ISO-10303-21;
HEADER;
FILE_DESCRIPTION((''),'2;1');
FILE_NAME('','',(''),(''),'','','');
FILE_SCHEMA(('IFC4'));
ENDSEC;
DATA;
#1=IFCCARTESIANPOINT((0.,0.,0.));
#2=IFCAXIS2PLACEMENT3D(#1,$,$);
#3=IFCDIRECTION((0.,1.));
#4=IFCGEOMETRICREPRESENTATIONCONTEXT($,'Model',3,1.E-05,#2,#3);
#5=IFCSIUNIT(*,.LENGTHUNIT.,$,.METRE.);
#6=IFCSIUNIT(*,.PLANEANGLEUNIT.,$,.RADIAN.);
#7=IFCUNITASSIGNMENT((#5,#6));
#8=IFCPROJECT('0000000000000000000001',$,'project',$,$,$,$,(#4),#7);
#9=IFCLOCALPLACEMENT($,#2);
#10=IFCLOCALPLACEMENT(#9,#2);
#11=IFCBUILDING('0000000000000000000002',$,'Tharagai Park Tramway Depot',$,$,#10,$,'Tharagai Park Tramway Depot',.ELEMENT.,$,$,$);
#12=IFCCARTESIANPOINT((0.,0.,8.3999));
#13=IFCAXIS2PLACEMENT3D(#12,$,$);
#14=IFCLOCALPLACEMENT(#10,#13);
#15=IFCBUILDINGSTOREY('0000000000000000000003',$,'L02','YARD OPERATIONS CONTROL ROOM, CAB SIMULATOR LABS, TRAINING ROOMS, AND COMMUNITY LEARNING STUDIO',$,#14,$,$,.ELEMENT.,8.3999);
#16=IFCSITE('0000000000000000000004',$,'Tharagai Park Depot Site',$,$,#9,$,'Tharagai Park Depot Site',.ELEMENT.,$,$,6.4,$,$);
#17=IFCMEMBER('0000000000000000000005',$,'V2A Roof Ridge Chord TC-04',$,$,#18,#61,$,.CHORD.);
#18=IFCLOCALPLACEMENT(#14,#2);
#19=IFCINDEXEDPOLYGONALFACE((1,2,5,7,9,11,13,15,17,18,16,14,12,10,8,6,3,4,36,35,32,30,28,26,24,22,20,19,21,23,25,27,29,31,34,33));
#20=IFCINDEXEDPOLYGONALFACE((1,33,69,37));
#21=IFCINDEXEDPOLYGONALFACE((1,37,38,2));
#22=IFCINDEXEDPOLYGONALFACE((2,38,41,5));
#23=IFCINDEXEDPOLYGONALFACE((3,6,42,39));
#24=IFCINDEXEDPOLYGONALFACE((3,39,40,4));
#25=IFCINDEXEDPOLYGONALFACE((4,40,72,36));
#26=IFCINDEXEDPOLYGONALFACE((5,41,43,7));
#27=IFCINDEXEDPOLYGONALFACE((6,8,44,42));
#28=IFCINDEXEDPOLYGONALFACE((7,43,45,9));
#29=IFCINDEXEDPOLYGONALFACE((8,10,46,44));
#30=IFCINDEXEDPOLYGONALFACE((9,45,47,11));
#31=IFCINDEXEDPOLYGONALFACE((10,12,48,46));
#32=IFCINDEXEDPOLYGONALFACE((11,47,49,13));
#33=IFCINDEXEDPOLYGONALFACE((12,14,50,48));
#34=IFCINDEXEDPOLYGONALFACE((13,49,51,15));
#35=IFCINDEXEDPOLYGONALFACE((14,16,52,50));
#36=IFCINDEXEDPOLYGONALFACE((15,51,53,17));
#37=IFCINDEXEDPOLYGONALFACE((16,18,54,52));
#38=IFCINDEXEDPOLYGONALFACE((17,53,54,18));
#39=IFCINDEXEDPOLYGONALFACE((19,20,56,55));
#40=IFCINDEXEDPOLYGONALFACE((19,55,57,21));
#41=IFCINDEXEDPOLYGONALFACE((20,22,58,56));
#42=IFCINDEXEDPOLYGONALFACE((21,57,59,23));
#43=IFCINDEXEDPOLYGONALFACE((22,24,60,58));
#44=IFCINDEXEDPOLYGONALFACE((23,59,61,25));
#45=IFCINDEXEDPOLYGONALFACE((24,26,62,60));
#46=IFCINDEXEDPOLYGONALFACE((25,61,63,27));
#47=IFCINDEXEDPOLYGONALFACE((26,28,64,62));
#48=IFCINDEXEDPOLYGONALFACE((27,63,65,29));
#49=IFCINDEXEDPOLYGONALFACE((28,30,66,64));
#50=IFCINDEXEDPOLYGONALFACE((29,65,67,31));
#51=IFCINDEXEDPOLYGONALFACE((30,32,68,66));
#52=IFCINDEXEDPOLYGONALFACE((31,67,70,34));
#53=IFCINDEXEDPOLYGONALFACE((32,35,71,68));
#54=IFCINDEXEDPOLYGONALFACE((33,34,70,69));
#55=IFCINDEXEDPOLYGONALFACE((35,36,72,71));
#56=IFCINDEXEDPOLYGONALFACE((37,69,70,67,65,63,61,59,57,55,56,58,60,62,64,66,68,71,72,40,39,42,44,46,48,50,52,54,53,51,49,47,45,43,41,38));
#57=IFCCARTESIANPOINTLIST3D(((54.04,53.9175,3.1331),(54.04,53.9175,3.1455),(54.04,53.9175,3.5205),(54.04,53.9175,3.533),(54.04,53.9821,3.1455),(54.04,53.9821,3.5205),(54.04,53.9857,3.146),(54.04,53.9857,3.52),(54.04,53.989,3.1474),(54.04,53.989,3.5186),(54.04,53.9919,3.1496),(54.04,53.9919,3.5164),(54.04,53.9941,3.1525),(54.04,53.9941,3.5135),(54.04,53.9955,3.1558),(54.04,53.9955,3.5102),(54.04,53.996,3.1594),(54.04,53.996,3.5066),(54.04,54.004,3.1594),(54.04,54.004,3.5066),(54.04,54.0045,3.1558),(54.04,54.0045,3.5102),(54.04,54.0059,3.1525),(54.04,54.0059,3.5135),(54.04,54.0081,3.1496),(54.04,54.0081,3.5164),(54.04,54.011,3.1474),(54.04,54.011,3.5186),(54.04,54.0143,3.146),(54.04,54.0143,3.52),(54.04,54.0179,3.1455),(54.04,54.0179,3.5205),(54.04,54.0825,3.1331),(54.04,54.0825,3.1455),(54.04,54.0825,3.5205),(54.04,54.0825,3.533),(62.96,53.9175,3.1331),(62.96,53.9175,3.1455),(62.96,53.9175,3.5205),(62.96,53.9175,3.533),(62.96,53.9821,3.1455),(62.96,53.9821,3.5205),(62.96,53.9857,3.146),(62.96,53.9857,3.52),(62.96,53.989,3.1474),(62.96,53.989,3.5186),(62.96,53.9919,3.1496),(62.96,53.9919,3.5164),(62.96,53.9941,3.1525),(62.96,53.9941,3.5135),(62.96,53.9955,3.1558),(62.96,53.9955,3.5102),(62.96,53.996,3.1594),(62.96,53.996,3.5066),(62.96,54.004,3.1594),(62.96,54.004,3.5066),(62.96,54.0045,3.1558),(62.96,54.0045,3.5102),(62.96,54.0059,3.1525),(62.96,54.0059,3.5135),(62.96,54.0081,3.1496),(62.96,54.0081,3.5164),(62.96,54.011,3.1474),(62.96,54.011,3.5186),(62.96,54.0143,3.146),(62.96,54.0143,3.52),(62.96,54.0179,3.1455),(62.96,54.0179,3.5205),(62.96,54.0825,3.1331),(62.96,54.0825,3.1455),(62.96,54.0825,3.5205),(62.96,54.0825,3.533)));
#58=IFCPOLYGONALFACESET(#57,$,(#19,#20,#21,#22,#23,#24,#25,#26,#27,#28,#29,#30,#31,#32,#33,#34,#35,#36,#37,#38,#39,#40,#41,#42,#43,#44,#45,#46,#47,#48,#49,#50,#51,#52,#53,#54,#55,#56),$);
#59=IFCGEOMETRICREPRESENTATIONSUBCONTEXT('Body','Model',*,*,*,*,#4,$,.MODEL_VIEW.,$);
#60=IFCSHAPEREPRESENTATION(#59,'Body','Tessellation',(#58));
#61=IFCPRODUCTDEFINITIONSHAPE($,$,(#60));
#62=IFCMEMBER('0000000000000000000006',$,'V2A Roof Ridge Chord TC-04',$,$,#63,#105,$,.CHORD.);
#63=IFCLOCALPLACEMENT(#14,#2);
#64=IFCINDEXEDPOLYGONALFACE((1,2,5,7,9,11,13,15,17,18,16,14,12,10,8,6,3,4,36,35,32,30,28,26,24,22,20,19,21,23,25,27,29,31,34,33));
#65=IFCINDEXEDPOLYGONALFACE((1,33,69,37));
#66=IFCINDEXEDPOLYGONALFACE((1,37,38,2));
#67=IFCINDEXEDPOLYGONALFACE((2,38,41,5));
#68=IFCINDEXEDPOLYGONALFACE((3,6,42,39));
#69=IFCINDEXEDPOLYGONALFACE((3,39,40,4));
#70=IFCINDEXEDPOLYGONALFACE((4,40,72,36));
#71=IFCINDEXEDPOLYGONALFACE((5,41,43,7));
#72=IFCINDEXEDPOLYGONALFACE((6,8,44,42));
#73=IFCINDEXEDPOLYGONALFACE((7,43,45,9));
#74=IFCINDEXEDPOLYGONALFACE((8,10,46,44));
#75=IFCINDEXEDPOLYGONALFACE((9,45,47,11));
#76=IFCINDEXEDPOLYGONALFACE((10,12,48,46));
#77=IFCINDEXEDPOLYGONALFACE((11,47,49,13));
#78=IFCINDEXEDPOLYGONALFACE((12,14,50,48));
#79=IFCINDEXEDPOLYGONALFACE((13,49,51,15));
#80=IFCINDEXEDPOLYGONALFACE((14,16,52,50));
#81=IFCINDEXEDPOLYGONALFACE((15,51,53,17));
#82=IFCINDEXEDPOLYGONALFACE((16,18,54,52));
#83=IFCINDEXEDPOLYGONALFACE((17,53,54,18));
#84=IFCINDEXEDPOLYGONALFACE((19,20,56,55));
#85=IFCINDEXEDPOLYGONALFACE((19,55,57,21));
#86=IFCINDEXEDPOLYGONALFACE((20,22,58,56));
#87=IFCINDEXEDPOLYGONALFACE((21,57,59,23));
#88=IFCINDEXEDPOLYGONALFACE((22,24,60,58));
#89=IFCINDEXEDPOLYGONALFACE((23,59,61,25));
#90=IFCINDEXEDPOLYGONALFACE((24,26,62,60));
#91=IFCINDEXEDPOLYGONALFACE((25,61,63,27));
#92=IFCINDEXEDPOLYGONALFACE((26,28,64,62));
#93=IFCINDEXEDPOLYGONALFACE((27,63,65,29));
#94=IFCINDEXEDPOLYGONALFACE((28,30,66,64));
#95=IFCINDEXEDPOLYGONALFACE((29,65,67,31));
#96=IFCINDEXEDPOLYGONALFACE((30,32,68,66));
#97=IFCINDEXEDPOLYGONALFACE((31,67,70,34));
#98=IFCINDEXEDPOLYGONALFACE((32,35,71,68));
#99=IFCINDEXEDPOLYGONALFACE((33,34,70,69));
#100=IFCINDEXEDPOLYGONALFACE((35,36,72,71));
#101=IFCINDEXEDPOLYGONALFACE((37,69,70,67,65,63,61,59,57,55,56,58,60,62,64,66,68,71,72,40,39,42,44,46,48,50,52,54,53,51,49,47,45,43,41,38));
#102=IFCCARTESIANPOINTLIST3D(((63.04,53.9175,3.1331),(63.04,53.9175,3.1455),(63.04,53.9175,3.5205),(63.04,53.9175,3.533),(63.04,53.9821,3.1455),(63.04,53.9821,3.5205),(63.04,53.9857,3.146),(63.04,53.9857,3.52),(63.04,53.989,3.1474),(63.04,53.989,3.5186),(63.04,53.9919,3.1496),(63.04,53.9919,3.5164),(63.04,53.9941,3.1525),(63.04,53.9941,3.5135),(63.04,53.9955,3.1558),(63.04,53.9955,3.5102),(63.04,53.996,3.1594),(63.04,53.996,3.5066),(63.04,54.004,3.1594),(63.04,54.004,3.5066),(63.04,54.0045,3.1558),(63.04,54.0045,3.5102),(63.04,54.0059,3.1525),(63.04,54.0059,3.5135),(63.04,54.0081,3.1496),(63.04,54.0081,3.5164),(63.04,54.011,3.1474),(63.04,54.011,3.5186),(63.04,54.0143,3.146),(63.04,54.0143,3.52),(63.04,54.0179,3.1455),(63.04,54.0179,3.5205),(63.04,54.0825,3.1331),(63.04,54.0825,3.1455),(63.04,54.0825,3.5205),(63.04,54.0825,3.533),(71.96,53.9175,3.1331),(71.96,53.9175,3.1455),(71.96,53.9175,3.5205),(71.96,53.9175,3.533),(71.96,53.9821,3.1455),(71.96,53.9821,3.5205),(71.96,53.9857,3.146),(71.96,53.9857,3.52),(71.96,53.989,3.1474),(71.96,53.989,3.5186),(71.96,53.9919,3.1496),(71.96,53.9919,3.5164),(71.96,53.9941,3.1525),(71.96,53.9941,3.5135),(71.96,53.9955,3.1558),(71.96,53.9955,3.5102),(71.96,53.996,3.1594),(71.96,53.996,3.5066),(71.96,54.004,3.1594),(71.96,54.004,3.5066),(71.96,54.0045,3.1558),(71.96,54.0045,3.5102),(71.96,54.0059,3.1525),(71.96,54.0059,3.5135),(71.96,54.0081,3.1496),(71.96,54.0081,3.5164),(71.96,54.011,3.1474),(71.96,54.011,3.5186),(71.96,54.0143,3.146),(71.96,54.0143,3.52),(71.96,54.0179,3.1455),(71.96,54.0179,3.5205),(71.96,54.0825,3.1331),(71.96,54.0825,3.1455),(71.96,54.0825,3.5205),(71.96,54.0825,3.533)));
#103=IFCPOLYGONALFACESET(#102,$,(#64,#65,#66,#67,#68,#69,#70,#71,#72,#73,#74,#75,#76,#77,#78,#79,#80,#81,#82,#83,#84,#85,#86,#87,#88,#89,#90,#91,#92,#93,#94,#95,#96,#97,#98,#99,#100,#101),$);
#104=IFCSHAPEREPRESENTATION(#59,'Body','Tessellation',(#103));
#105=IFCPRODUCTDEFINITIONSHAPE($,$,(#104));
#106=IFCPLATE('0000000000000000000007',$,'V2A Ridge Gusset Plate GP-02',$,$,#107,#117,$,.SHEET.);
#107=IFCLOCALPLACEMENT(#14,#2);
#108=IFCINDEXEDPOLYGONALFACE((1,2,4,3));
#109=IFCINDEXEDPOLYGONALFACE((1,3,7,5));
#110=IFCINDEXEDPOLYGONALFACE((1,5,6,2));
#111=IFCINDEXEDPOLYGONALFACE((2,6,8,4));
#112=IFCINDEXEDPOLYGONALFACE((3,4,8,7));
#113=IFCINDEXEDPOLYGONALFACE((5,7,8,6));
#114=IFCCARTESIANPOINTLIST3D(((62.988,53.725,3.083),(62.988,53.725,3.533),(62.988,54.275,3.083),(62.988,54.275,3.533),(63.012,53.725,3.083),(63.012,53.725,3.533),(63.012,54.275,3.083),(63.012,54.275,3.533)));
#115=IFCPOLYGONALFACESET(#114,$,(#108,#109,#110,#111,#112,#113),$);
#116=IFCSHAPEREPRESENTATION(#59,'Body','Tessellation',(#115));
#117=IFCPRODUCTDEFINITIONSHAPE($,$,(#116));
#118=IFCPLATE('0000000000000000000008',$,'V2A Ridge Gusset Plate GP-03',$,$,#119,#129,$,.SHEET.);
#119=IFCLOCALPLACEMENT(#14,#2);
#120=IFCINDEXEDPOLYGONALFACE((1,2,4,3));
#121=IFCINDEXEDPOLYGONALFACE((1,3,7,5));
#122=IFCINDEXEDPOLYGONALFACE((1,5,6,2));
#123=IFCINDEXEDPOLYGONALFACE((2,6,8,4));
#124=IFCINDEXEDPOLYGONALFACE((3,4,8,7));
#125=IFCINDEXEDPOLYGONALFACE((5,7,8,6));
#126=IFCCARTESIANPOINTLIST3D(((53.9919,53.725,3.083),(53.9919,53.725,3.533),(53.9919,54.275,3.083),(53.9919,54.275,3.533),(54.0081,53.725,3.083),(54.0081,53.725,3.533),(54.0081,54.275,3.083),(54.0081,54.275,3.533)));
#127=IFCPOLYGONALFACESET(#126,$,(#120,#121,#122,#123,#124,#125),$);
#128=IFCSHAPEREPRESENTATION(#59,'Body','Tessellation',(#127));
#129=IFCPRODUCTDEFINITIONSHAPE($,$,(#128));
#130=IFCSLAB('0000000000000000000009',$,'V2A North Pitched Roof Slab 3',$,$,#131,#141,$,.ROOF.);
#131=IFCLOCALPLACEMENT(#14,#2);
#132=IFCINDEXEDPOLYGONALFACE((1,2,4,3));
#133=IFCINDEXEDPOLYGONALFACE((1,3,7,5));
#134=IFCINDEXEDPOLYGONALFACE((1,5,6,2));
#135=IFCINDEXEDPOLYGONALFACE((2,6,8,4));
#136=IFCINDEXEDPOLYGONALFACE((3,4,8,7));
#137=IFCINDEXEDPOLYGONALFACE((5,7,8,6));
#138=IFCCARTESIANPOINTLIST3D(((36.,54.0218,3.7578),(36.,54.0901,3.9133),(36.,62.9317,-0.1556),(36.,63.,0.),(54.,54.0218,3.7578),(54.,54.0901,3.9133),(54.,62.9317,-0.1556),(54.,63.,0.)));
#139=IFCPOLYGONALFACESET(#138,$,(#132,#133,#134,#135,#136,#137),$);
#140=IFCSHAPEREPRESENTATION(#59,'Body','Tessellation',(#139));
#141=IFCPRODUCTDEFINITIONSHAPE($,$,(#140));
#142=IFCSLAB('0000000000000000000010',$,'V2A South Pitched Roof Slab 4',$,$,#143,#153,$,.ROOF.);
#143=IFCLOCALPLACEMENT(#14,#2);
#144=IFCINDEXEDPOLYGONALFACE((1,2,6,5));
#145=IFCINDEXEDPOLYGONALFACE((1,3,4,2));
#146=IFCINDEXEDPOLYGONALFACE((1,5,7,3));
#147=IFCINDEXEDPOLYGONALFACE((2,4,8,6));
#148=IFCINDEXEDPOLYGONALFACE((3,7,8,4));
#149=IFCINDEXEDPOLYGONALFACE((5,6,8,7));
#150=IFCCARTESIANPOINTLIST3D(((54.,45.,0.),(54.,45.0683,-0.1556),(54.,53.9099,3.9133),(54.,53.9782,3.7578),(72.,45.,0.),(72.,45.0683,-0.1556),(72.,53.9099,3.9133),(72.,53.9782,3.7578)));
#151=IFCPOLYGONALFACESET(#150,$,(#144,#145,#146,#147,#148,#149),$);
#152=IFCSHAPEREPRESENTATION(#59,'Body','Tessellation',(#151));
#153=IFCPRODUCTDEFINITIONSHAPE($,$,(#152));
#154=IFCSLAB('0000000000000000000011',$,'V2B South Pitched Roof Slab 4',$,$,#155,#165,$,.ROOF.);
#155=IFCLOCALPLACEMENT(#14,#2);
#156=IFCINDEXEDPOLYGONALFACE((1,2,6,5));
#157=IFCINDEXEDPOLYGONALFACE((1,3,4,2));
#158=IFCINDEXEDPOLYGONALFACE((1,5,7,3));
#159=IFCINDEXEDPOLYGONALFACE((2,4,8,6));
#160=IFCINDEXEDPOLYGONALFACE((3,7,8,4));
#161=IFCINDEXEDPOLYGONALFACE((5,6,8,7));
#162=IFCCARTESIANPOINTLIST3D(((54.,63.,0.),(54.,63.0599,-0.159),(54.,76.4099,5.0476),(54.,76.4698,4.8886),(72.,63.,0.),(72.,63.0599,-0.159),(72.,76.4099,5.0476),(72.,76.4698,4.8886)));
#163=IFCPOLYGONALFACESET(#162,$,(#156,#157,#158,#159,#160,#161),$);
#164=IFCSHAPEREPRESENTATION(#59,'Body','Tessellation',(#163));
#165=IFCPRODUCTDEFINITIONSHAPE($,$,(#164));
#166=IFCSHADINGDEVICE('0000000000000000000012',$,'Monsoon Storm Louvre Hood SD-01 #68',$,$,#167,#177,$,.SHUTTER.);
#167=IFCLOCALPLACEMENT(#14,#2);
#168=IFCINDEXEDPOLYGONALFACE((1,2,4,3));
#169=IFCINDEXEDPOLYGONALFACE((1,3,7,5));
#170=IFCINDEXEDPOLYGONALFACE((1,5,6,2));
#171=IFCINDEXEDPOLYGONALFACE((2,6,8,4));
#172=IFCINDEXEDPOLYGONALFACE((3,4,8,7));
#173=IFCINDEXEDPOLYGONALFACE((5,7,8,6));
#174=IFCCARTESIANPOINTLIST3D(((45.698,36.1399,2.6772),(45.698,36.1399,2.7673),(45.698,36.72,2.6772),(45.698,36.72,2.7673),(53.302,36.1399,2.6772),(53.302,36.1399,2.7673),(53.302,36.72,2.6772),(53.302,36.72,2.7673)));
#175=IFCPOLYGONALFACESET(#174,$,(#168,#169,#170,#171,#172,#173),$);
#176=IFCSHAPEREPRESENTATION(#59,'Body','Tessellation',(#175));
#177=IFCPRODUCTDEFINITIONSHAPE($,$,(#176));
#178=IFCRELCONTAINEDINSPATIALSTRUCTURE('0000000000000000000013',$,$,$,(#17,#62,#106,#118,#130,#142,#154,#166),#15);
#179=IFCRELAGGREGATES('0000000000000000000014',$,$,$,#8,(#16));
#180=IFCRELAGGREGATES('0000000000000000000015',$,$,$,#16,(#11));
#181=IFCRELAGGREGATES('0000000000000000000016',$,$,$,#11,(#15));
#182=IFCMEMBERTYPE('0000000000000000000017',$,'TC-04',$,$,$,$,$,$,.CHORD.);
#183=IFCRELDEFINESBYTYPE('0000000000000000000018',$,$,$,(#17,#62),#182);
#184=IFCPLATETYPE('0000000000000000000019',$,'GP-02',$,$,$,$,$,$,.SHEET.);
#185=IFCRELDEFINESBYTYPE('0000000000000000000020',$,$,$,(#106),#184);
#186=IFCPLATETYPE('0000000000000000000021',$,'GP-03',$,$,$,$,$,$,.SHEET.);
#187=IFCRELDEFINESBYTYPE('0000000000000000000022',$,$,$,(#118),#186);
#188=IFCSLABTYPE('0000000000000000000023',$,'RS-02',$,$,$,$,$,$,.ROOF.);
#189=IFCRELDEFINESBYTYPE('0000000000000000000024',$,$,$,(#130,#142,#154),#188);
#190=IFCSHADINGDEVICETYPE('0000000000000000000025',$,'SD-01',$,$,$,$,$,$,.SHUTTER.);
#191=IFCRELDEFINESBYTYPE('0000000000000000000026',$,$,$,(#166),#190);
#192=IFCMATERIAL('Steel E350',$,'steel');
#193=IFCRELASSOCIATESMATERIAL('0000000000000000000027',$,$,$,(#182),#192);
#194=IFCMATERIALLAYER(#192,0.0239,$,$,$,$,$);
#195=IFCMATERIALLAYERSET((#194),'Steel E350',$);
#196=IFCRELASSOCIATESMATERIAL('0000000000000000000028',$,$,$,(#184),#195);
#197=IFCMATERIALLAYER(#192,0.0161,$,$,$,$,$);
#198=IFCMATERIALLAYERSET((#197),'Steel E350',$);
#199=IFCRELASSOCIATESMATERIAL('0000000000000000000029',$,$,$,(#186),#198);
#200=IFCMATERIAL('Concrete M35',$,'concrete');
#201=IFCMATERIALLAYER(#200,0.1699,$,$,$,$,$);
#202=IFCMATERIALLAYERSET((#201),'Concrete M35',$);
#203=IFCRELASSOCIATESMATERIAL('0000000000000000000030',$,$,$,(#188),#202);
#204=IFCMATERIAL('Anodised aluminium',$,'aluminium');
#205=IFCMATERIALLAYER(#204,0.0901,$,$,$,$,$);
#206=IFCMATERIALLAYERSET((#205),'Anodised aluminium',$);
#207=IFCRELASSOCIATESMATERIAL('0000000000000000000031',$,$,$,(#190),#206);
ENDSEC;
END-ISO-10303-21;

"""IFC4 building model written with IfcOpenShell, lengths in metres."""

from ifc_helpers import new_model, si_unit, direction, frame, origin, origin_2d, place, context, subcontext, project, spatial, polyline, rectangle, i_section, outline, extrude, material, layer, layer_set, material_profile, profile_set, type_object, element, save


model = new_model("IFC4")

# Units and contexts
model_context = context("Model", 3, precision=1e-05, world=origin(), true_north=direction((0.0, 1.0)))
body_context = subcontext(model_context, "Body", "Model", "MODEL_VIEW")
ifc_project = project(units=[si_unit("LENGTHUNIT", "METRE"), si_unit("PLANEANGLEUNIT", "RADIAN")], contexts=[model_context])

# Site, building, storey
site_placement = place(None, origin())
site = spatial("IfcSite", under=ifc_project, at=site_placement, Name="Tharagai Park Depot Site", LongName="Tharagai Park Depot Site", CompositionType="ELEMENT", RefElevation=6.4)
building_placement = place(site_placement, origin())
building = spatial("IfcBuilding", under=site, at=building_placement, Name="Tharagai Park Tramway Depot", LongName="Tharagai Park Tramway Depot", CompositionType="ELEMENT")
storey_placement = place(building_placement, frame((0.0, 0.0, 8.3999)))
storey = spatial("IfcBuildingStorey", under=building, at=storey_placement, Name="L02", Description="YARD OPERATIONS CONTROL ROOM, CAB SIMULATOR LABS, TRAINING ROOMS, AND COMMUNITY LEARNING STUDIO", CompositionType="ELEMENT", Elevation=8.3999)

# Shared definitions
ifc_material_1 = material(Name="Steel E350", Category="steel")
ifc_material_2 = material(Name="Concrete M35", Category="concrete")

# Members
ifc_material_profile_1 = material_profile(ifc_material_1, i_section(OverallWidth=0.165, OverallDepth=0.3999, WebThickness=0.0081, FlangeThickness=0.0125, FilletRadius=0.0139, at=origin_2d()), Name="ISLB 400")
ifc_profile_set_1 = profile_set([ifc_material_profile_1], Name="Steel E350")
member_type_1 = type_object("IfcMemberType", Name="TC-04", PredefinedType="CHORD", material=ifc_profile_set_1)
for number, where, z_axis, x_axis, name in (
    (1, (54.04, 54.0, 3.333), (1.0, 0.0, 0.0), (0.0, 1.0, 0.0), "V2A Roof Ridge Chord TC-04"),
    (2, (63.04, 54.0, 3.333), (1.0, 0.0, 0.0), (0.0, 1.0, 0.0), "V2A Roof Ridge Chord TC-04"),
):
    element("IfcMember", number, at=place(storey_placement, frame(where, z_axis=z_axis, x_axis=x_axis)), inside=storey, type_object=member_type_1, Name=name, PredefinedType="CHORD", context=body_context, shape_type="SweptSolid", body=[
        extrude(i_section(OverallWidth=0.165, OverallDepth=0.3999, WebThickness=0.0081, FlangeThickness=0.0125, FilletRadius=0.0139, at=origin_2d()), origin(), (0.0, 0.0, 1.0), 8.9199),
    ])

# Plates
ifc_layer_1 = layer(ifc_material_1, 0.0239)
ifc_layer_set_1 = layer_set([ifc_layer_1], Name="Steel E350")
plate_type_1 = type_object("IfcPlateType", Name="GP-02", PredefinedType="SHEET", material=ifc_layer_set_1)
plate_1_placement = place(storey_placement, frame((63.0, 54.0, 3.083), z_axis=(0.0, 0.0, 1.0), x_axis=(1.0, 0.0, 0.0)))
element("IfcPlate", 3, at=plate_1_placement, inside=storey, type_object=plate_type_1, Name="V2A Ridge Gusset Plate GP-02", PredefinedType="SHEET", context=body_context, shape_type="SweptSolid", body=[
    extrude(rectangle(XDim=0.0239, YDim=0.55, at=origin_2d()), origin(), (0.0, 0.0, 1.0), 0.45),
])
ifc_layer_2 = layer(ifc_material_1, 0.0161)
ifc_layer_set_2 = layer_set([ifc_layer_2], Name="Steel E350")
plate_type_2 = type_object("IfcPlateType", Name="GP-03", PredefinedType="SHEET", material=ifc_layer_set_2)
plate_2_placement = place(storey_placement, frame((54.0, 54.0, 3.083), z_axis=(0.0, 0.0, 1.0), x_axis=(1.0, 0.0, 0.0)))
element("IfcPlate", 4, at=plate_2_placement, inside=storey, type_object=plate_type_2, Name="V2A Ridge Gusset Plate GP-03", PredefinedType="SHEET", context=body_context, shape_type="SweptSolid", body=[
    extrude(rectangle(XDim=0.0161, YDim=0.55, at=origin_2d()), origin(), (0.0, 0.0, 1.0), 0.45),
])

# Slabs
ifc_layer_3 = layer(ifc_material_2, 0.1699)
ifc_layer_set_3 = layer_set([ifc_layer_3], Name="Concrete M35")
slab_type = type_object("IfcSlabType", Name="RS-02", PredefinedType="ROOF", material=ifc_layer_set_3)
for number, where, z_axis, x_axis, name in (
    (5, (54.0, 63.0, 0.0), (0.0, 0.402133, 0.915581), (-1.0, 0.0, 0.0), "V2A North Pitched Roof Slab 3"),
    (6, (54.0, 45.0, 0.0), (0.0, -0.402133, 0.915581), (1.0, 0.0, 0.0), "V2A South Pitched Roof Slab 4"),
):
    element("IfcSlab", number, at=place(storey_placement, frame(where, z_axis=z_axis, x_axis=x_axis)), inside=storey, type_object=slab_type, Name=name, PredefinedType="ROOF", context=body_context, shape_type="SweptSolid", body=[
        extrude(outline(polyline([(0.0, 0.0), (18.0, 0.0), (18.0, 9.7314), (0.0, 9.7314), (0.0, 0.0)])), origin(), (0.0, 0.0, -1.0), 0.1699),
    ])
slab_placement = place(storey_placement, frame((54.0, 63.0, 0.0), z_axis=(0.0, -0.352279, 0.935895), x_axis=(1.0, 0.0, 0.0)))
element("IfcSlab", 7, at=slab_placement, inside=storey, type_object=slab_type, Name="V2B South Pitched Roof Slab 4", PredefinedType="ROOF", context=body_context, shape_type="SweptSolid", body=[
    extrude(outline(polyline([(0.0, 0.0), (18.0, 0.0), (18.0, 14.3284), (0.0, 14.3284), (0.0, 0.0)])), origin(), (0.0, 0.0, -1.0), 0.1699),
])

# Shading device
ifc_material_3 = material(Name="Anodised aluminium", Category="aluminium")
ifc_layer_4 = layer(ifc_material_3, 0.0901)
ifc_layer_set_4 = layer_set([ifc_layer_4], Name="Anodised aluminium")
shading_device_type = type_object("IfcShadingDeviceType", Name="SD-01", PredefinedType="SHUTTER", material=ifc_layer_set_4)
shading_device_placement = place(storey_placement, frame((49.5, 36.4299, 2.6772), z_axis=(0.0, 0.0, 1.0), x_axis=(1.0, 0.0, 0.0)))
element("IfcShadingDevice", 8, at=shading_device_placement, inside=storey, type_object=shading_device_type, Name="Monsoon Storm Louvre Hood SD-01 #68", PredefinedType="SHUTTER", context=body_context, shape_type="SweptSolid", body=[
    extrude(rectangle(XDim=7.604, YDim=0.5801, at=origin_2d()), origin(), (0.0, 0.0, 1.0), 0.0901),
])

save(model, "model.ifc")
